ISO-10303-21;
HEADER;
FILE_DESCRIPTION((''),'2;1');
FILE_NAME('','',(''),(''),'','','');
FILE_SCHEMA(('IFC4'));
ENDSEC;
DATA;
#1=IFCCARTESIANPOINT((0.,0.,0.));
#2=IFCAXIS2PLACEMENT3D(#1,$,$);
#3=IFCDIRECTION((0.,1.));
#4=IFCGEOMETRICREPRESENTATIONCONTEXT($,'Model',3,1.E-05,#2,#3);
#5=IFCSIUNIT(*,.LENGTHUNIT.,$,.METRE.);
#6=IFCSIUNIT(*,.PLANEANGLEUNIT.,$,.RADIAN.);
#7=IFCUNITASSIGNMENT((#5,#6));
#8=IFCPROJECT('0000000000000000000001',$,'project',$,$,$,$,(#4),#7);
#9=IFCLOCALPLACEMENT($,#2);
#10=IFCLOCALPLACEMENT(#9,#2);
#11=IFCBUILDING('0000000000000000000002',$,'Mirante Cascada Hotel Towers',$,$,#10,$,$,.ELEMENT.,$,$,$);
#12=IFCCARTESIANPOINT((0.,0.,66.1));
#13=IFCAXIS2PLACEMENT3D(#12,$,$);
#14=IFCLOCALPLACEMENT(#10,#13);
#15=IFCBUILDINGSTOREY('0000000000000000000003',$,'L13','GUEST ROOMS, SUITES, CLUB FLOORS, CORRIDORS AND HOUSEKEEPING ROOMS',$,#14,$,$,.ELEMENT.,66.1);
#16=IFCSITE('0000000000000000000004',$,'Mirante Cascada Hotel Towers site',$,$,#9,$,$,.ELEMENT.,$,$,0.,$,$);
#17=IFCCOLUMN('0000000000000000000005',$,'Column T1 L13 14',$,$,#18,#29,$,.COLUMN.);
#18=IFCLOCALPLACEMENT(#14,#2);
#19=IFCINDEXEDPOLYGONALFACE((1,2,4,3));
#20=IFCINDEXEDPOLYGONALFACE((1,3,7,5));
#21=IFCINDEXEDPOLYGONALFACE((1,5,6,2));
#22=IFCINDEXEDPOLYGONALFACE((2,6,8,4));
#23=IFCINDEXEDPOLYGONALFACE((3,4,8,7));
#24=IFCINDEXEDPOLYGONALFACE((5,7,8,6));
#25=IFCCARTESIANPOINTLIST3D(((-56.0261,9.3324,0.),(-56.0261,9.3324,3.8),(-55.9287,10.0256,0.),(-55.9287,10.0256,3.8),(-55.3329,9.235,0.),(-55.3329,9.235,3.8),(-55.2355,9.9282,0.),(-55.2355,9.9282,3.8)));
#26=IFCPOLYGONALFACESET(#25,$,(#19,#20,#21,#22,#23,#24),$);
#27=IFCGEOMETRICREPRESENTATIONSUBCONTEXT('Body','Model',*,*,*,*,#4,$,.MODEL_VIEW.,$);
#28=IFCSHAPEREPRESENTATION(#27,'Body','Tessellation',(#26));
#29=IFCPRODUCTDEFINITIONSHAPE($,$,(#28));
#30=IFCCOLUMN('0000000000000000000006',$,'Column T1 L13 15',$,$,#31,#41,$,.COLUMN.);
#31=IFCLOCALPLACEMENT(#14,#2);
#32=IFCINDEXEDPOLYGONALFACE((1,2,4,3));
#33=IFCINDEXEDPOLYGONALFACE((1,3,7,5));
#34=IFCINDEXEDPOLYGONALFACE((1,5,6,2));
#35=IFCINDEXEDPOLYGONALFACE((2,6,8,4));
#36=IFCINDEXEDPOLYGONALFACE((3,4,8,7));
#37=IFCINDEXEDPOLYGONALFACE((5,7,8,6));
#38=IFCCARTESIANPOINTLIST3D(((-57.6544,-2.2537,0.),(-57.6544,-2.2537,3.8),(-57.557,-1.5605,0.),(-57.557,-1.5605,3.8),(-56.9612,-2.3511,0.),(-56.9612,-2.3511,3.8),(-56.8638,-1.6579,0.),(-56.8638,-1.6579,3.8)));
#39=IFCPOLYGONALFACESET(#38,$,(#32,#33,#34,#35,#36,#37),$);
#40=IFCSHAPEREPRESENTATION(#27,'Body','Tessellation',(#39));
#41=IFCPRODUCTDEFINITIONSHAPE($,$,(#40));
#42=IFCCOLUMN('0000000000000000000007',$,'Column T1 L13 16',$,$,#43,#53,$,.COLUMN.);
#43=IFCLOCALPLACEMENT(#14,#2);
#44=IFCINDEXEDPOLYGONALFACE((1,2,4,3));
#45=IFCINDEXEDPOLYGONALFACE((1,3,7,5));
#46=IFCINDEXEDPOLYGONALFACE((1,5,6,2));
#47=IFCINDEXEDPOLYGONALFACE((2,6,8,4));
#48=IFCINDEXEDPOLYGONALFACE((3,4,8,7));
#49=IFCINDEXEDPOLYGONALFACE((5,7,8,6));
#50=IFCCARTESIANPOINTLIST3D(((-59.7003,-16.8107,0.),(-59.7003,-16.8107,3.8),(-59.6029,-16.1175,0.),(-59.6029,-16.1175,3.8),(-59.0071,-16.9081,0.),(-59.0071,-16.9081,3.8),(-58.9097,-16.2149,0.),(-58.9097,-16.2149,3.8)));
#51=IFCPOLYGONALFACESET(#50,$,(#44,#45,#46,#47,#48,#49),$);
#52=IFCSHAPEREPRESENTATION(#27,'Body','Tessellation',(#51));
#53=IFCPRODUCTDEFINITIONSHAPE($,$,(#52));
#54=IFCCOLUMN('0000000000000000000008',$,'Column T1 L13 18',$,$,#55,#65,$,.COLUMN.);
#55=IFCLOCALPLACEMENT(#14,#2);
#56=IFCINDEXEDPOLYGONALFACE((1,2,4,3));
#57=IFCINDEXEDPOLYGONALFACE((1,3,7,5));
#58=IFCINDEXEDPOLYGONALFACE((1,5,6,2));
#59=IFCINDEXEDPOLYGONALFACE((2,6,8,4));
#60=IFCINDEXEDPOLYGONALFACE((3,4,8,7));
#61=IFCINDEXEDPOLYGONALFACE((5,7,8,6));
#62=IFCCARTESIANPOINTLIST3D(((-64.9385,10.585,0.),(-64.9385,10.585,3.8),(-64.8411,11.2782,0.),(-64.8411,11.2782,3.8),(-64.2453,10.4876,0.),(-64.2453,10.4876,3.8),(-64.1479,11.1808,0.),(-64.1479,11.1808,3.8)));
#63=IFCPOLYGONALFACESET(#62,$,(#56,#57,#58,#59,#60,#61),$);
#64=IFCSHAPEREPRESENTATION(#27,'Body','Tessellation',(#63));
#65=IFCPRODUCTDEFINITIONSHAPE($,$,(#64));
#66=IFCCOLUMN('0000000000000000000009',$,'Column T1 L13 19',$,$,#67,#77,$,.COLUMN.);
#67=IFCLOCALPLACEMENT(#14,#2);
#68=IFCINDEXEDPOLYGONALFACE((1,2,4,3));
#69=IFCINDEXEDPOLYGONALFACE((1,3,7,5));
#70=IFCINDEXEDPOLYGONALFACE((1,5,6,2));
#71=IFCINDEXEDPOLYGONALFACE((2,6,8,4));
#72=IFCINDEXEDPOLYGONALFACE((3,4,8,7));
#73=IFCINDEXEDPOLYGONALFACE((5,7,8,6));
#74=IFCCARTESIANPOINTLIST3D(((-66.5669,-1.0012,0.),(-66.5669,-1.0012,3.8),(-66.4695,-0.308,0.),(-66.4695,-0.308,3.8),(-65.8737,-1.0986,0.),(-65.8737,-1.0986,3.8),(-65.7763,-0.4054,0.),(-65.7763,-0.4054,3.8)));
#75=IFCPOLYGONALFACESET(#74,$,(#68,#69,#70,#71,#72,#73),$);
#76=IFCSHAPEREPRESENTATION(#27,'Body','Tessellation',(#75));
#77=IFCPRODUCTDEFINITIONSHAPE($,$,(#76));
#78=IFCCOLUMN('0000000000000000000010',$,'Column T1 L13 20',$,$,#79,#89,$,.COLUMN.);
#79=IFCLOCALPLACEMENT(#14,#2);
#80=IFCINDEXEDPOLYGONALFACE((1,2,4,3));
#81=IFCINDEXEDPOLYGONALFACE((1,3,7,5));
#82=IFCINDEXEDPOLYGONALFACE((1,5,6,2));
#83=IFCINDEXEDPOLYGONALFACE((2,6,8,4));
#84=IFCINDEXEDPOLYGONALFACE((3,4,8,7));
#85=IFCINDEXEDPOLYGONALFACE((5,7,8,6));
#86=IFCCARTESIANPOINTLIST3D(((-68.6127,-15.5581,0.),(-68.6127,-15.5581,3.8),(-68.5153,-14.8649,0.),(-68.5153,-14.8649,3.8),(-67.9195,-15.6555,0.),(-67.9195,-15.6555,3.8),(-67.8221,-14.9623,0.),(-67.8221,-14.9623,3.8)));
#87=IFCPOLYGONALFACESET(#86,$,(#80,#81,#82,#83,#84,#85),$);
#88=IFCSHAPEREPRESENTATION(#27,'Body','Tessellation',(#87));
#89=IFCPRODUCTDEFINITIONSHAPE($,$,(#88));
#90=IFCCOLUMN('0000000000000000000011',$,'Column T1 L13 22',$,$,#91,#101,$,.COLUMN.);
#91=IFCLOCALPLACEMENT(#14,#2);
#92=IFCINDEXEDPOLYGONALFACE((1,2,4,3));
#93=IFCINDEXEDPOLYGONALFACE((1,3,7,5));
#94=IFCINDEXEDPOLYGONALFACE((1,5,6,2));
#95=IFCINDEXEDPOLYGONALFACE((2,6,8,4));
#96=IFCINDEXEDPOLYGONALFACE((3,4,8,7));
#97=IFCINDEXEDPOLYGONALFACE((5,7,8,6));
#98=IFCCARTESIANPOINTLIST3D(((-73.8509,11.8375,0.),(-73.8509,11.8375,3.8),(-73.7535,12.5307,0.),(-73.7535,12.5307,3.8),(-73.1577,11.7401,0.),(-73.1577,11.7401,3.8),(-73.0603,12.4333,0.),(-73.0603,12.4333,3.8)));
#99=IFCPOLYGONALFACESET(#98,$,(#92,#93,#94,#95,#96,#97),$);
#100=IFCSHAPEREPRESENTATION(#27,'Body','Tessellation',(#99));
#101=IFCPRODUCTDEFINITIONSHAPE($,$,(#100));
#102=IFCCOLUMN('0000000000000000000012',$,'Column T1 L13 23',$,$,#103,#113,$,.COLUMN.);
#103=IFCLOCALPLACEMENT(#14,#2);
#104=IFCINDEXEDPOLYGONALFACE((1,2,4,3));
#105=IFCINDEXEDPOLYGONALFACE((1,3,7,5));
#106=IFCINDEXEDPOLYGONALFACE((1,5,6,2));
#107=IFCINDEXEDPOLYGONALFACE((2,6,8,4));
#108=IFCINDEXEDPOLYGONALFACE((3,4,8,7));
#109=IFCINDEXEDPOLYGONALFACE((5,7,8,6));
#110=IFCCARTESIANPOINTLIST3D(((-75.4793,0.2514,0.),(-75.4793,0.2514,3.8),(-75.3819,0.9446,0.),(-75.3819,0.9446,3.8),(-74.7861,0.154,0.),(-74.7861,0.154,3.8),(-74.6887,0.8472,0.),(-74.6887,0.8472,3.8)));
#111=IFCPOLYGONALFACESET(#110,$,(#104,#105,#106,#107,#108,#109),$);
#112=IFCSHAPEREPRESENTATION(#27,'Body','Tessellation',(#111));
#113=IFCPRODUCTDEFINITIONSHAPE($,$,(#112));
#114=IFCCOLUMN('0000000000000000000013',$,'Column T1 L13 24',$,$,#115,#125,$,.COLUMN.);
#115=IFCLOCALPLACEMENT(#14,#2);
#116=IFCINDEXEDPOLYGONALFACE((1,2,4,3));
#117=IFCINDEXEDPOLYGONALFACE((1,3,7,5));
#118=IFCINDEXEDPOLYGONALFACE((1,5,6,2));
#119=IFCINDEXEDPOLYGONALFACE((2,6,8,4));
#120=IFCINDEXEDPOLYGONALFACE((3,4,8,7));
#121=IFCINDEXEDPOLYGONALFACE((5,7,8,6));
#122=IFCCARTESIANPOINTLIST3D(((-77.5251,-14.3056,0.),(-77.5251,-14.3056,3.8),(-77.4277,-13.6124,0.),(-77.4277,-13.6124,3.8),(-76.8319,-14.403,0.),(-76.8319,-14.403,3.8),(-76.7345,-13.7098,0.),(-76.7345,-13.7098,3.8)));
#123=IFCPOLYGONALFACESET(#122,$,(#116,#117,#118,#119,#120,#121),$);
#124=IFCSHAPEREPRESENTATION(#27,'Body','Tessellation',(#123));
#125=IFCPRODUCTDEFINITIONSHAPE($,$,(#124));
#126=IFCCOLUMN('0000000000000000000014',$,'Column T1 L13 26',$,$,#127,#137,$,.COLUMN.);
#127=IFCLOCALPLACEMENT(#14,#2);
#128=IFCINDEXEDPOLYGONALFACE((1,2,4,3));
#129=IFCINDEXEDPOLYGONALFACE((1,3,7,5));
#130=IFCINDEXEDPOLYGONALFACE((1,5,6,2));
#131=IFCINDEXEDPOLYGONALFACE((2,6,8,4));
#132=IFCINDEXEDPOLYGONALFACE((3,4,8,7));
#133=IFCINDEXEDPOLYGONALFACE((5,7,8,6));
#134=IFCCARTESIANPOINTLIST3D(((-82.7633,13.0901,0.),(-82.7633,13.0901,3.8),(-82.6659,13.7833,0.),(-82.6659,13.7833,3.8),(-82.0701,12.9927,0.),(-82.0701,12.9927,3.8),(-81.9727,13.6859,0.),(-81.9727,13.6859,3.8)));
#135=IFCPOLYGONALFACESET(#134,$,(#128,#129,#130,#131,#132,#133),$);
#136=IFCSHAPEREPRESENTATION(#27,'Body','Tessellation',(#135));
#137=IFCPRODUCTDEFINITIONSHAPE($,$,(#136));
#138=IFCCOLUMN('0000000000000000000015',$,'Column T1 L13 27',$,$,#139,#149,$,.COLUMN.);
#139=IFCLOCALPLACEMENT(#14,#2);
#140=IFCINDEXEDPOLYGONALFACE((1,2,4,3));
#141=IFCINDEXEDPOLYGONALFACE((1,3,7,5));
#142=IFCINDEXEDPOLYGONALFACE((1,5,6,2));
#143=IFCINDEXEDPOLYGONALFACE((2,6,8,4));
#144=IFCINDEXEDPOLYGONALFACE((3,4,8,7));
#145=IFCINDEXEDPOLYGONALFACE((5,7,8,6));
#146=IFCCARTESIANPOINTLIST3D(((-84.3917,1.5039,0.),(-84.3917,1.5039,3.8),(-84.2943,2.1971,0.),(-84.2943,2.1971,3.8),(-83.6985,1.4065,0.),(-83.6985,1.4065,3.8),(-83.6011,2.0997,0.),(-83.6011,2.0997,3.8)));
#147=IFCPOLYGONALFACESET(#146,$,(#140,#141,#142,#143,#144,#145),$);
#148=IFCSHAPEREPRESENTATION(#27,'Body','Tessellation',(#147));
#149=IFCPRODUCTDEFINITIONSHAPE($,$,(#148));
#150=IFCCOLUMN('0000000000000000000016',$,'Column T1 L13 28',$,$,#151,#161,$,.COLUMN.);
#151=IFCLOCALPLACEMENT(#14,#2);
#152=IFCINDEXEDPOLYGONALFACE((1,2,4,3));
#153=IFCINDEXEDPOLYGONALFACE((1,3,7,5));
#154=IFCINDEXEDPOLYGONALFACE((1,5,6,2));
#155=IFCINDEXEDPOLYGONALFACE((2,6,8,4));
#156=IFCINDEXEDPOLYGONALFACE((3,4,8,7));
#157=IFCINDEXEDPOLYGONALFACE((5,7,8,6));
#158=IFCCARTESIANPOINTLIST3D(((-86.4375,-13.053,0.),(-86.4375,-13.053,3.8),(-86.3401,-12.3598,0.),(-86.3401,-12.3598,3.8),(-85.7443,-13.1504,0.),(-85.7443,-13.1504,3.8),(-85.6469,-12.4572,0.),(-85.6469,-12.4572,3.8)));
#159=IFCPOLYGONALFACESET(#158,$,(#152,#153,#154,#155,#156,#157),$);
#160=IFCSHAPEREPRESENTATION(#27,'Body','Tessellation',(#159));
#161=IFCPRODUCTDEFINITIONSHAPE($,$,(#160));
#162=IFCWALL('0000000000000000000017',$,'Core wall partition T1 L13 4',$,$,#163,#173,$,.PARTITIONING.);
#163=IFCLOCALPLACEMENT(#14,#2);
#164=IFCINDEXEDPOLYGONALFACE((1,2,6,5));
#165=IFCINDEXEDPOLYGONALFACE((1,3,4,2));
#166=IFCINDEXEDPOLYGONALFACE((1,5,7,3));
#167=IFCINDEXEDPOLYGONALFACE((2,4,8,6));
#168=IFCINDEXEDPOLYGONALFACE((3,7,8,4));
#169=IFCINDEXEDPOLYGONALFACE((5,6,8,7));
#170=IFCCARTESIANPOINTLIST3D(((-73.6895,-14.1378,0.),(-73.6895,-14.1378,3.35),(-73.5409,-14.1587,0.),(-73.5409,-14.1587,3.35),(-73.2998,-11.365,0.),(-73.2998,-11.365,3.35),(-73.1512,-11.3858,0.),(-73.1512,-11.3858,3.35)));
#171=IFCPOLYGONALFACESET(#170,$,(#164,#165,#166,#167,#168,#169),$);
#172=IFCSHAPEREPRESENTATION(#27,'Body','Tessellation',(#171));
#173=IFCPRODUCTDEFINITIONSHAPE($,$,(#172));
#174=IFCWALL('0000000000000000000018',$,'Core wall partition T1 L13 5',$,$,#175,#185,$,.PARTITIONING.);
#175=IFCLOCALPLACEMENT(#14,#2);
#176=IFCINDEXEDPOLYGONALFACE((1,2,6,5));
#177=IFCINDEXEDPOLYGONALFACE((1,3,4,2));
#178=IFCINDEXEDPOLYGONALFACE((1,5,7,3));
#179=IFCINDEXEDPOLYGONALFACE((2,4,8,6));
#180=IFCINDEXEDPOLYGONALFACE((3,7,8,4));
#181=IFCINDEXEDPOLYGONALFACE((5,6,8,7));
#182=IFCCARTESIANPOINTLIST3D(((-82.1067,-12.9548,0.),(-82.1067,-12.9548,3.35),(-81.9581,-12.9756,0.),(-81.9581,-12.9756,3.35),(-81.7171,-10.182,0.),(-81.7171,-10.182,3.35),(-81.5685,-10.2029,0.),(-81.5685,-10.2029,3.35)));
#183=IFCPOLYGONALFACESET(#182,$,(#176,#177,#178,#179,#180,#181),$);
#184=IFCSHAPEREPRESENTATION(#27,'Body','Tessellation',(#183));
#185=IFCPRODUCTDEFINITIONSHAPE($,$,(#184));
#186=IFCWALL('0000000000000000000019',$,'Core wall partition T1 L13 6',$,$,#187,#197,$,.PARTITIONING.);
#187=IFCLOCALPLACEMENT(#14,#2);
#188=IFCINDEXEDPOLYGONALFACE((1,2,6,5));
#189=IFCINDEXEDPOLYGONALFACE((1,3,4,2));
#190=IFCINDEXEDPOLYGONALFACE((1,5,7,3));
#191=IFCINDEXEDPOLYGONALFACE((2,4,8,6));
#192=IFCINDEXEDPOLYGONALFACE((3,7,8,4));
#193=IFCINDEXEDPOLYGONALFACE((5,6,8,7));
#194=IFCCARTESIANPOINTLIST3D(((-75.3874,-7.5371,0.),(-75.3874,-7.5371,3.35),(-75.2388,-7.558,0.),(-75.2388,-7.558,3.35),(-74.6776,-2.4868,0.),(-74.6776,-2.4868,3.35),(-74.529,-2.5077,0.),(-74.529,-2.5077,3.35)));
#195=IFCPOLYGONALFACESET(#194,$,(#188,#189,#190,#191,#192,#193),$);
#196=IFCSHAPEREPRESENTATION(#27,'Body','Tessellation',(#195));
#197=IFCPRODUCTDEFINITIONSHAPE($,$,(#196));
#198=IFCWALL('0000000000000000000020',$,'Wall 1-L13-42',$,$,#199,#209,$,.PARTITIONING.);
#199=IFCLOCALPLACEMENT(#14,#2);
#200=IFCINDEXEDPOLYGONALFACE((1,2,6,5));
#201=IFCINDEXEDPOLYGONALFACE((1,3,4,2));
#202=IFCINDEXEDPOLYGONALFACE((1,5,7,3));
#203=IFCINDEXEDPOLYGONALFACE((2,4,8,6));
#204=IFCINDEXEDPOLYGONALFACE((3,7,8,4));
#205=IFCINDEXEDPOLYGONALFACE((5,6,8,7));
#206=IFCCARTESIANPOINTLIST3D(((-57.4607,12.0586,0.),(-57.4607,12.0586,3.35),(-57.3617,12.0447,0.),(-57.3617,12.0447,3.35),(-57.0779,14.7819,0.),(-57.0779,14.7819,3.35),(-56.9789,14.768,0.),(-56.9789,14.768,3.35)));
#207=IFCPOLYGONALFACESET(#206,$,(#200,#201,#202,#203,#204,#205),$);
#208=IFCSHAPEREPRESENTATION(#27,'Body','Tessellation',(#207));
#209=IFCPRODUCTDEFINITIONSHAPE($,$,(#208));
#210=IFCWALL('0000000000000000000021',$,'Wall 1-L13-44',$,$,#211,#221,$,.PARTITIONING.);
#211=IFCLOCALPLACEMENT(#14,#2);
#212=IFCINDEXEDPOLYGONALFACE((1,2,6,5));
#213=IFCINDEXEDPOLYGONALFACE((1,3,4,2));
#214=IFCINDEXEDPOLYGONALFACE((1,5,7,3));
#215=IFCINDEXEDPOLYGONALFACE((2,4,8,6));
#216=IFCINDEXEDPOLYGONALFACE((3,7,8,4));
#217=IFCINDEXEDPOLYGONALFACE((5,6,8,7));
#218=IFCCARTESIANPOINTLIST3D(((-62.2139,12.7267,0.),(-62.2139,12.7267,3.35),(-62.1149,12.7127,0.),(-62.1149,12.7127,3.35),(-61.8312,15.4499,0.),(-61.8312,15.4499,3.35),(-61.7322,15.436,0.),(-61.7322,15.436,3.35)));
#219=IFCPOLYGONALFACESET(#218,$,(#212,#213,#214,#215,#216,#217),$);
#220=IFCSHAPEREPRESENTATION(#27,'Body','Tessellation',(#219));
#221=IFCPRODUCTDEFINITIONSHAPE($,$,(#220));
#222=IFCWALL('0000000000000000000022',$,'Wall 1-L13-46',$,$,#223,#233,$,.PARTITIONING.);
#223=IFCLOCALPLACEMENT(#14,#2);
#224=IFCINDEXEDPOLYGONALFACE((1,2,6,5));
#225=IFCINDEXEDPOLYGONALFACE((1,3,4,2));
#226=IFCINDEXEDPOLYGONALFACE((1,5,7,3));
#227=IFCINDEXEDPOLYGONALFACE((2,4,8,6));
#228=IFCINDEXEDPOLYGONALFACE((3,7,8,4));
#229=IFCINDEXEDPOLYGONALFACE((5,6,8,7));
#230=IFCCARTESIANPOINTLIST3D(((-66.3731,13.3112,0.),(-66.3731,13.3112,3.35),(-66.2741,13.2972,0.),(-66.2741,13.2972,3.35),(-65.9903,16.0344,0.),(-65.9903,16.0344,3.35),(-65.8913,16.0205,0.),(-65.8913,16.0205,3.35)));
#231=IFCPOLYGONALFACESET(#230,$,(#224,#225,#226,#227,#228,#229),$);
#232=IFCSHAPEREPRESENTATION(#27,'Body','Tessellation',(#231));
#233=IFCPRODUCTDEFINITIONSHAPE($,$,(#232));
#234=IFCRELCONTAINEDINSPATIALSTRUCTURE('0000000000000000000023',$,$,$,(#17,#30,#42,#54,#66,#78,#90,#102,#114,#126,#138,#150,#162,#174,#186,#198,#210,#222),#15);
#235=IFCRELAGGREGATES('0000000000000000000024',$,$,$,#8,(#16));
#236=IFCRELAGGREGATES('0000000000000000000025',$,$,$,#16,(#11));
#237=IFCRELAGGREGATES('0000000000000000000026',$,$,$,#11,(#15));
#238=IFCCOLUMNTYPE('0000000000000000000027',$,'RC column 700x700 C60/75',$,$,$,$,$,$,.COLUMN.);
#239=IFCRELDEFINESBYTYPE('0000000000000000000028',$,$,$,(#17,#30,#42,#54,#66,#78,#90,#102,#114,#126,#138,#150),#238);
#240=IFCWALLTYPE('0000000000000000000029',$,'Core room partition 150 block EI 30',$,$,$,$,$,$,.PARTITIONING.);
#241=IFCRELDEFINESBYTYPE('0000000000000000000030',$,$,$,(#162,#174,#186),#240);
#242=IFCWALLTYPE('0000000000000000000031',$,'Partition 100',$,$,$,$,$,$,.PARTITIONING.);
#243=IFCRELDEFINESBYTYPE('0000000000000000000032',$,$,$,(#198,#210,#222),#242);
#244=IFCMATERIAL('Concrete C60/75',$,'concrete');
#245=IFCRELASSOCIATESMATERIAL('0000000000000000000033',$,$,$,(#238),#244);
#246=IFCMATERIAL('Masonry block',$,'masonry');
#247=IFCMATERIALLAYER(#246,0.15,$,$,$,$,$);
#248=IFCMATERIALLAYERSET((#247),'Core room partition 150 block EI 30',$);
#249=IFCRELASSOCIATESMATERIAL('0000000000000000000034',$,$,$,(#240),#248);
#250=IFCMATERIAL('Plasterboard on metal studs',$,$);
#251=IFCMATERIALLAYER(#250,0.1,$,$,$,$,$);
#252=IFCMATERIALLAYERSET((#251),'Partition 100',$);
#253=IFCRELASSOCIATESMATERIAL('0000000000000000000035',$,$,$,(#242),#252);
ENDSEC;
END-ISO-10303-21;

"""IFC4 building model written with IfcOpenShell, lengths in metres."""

from ifc_helpers import new_model, si_unit, direction, frame, frame_2d, origin, origin_2d, place, context, subcontext, project, spatial, rectangle, extrude, material, layer, layer_set, material_profile, profile_set, type_object, element, save


model = new_model("IFC4")

# Units and contexts
model_context = context("Model", 3, precision=1e-05, world=origin(), true_north=direction((0.0, 1.0)))
body_context = subcontext(model_context, "Body", "Model", "MODEL_VIEW")
ifc_project = project(units=[si_unit("LENGTHUNIT", "METRE"), si_unit("PLANEANGLEUNIT", "RADIAN")], contexts=[model_context])

# Site, building, storey
site_placement = place(None, origin())
site = spatial("IfcSite", under=ifc_project, at=site_placement, Name="Mirante Cascada Hotel Towers site", CompositionType="ELEMENT", RefElevation=0.0)
building_placement = place(site_placement, origin())
building = spatial("IfcBuilding", under=site, at=building_placement, Name="Mirante Cascada Hotel Towers", CompositionType="ELEMENT")
storey_placement = place(building_placement, frame((0.0, 0.0, 66.1)))
storey = spatial("IfcBuildingStorey", under=building, at=storey_placement, Name="L13", Description="GUEST ROOMS, SUITES, CLUB FLOORS, CORRIDORS AND HOUSEKEEPING ROOMS", CompositionType="ELEMENT", Elevation=66.1)

# Columns
ifc_material_1 = material(Name="Concrete C60/75", Category="concrete")
ifc_material_profile = material_profile(ifc_material_1, rectangle(XDim=0.7, YDim=0.7, at=origin_2d()), Name="RC column 700x700 C60/75")
ifc_profile_set = profile_set([ifc_material_profile], Name="Concrete C60/75")
column_type = type_object("IfcColumnType", Name="RC column 700x700 C60/75", PredefinedType="COLUMN", material=ifc_profile_set)
for number, where, z_axis, x_axis, name in (
    (1, (-55.6308, 9.6303, 0.0), (0.0, 0.0, 1.0), (-0.990268, 0.139173, 0.0), "Column T1 L13 14"),
    (2, (-57.2591, -1.9558, 0.0), (0.0, 0.0, 1.0), (-0.990268, 0.139173, 0.0), "Column T1 L13 15"),
    (3, (-59.305, -16.5128, 0.0), (0.0, 0.0, 1.0), (-0.990268, 0.139173, 0.0), "Column T1 L13 16"),
    (4, (-64.5432, 10.8829, 0.0), (0.0, 0.0, 1.0), (-0.990268, 0.139173, 0.0), "Column T1 L13 18"),
    (5, (-66.1716, -0.7033, 0.0), (0.0, 0.0, 1.0), (-0.990268, 0.139173, 0.0), "Column T1 L13 19"),
    (6, (-68.2174, -15.2602, 0.0), (0.0, 0.0, 1.0), (-0.990268, 0.139173, 0.0), "Column T1 L13 20"),
    (7, (-73.4556, 12.1354, 0.0), (0.0, 0.0, 1.0), (-0.990268, 0.139173, 0.0), "Column T1 L13 22"),
    (8, (-75.084, 0.5493, 0.0), (0.0, 0.0, 1.0), (-0.990268, 0.139173, 0.0), "Column T1 L13 23"),
    (9, (-77.1298, -14.0077, 0.0), (0.0, 0.0, 1.0), (-0.990268, 0.139173, 0.0), "Column T1 L13 24"),
    (10, (-82.368, 13.388, 0.0), (0.0, 0.0, 1.0), (-0.990268, 0.139173, 0.0), "Column T1 L13 26"),
    (11, (-83.9964, 1.8018, 0.0), (0.0, 0.0, 1.0), (-0.990268, 0.139173, 0.0), "Column T1 L13 27"),
    (12, (-86.0422, -12.7551, 0.0), (0.0, 0.0, 1.0), (-0.990268, 0.139173, 0.0), "Column T1 L13 28"),
):
    element("IfcColumn", number, at=place(storey_placement, frame(where, z_axis=z_axis, x_axis=x_axis)), inside=storey, type_object=column_type, Name=name, PredefinedType="COLUMN", context=body_context, shape_type="SweptSolid", body=[
        extrude(rectangle(XDim=0.7, YDim=0.7, at=origin_2d()), origin(), (0.0, 0.0, 1.0), 3.8),
    ])

# Walls
ifc_material_2 = material(Name="Masonry block", Category="masonry")
ifc_layer_1 = layer(ifc_material_2, 0.15)
ifc_layer_set_1 = layer_set([ifc_layer_1], Name="Core room partition 150 block EI 30")
wall_type_1 = type_object("IfcWallType", Name="Core room partition 150 block EI 30", PredefinedType="PARTITIONING", material=ifc_layer_set_1)
wall_1_placement = place(storey_placement, frame((-73.6152, -14.1482, 0.0), z_axis=(0.0, 0.0, 1.0), x_axis=(0.139176, 0.990268, 0.0)))
element("IfcWall", 13, at=wall_1_placement, inside=storey, type_object=wall_type_1, Name="Core wall partition T1 L13 4", PredefinedType="PARTITIONING", context=body_context, shape_type="SweptSolid", body=[
    extrude(rectangle(XDim=2.8001, YDim=0.15, at=frame_2d((1.4, 0.0))), origin(), (0.0, 0.0, 1.0), 3.35),
])
wall_2_placement = place(storey_placement, frame((-82.0324, -12.9652, 0.0), z_axis=(0.0, 0.0, 1.0), x_axis=(0.139141, 0.990273, 0.0)))
element("IfcWall", 14, at=wall_2_placement, inside=storey, type_object=wall_type_1, Name="Core wall partition T1 L13 5", PredefinedType="PARTITIONING", context=body_context, shape_type="SweptSolid", body=[
    extrude(rectangle(XDim=2.8, YDim=0.15, at=frame_2d((1.4, 0.0))), origin(), (0.0, 0.0, 1.0), 3.35),
])
wall_3_placement = place(storey_placement, frame((-75.3131, -7.5476, 0.0), z_axis=(0.0, 0.0, 1.0), x_axis=(0.139178, 0.990267, 0.0)))
element("IfcWall", 15, at=wall_3_placement, inside=storey, type_object=wall_type_1, Name="Core wall partition T1 L13 6", PredefinedType="PARTITIONING", context=body_context, shape_type="SweptSolid", body=[
    extrude(rectangle(XDim=5.0999, YDim=0.15, at=frame_2d((2.55, 0.0))), origin(), (0.0, 0.0, 1.0), 3.35),
])
ifc_material_3 = material(Name="Plasterboard on metal studs")
ifc_layer_2 = layer(ifc_material_3, 0.1)
ifc_layer_set_2 = layer_set([ifc_layer_2], Name="Partition 100")
wall_type_2 = type_object("IfcWallType", Name="Partition 100", PredefinedType="PARTITIONING", material=ifc_layer_set_2)
wall_4_placement = place(storey_placement, frame((-57.4112, 12.0516, 0.0), z_axis=(0.0, 0.0, 1.0), x_axis=(0.139196, 0.990265, 0.0)))
element("IfcWall", 16, at=wall_4_placement, inside=storey, type_object=wall_type_2, Name="Wall 1-L13-42", PredefinedType="PARTITIONING", context=body_context, shape_type="SweptSolid", body=[
    extrude(rectangle(XDim=2.7501, YDim=0.1, at=frame_2d((1.3751, 0.0))), origin(), (0.0, 0.0, 1.0), 3.35),
])
for number, where, z_axis, x_axis, name in (
    (17, (-62.1644, 12.7197, 0.0), (0.0, 0.0, 1.0), (0.139166, 0.990269, 0.0), "Wall 1-L13-44"),
    (18, (-66.3236, 13.3042, 0.0), (0.0, 0.0, 1.0), (0.139201, 0.990264, 0.0), "Wall 1-L13-46"),
):
    element("IfcWall", number, at=place(storey_placement, frame(where, z_axis=z_axis, x_axis=x_axis)), inside=storey, type_object=wall_type_2, Name=name, PredefinedType="PARTITIONING", context=body_context, shape_type="SweptSolid", body=[
        extrude(rectangle(XDim=2.75, YDim=0.1, at=frame_2d((1.375, 0.0))), origin(), (0.0, 0.0, 1.0), 3.35),
    ])

save(model, "model.ifc")
